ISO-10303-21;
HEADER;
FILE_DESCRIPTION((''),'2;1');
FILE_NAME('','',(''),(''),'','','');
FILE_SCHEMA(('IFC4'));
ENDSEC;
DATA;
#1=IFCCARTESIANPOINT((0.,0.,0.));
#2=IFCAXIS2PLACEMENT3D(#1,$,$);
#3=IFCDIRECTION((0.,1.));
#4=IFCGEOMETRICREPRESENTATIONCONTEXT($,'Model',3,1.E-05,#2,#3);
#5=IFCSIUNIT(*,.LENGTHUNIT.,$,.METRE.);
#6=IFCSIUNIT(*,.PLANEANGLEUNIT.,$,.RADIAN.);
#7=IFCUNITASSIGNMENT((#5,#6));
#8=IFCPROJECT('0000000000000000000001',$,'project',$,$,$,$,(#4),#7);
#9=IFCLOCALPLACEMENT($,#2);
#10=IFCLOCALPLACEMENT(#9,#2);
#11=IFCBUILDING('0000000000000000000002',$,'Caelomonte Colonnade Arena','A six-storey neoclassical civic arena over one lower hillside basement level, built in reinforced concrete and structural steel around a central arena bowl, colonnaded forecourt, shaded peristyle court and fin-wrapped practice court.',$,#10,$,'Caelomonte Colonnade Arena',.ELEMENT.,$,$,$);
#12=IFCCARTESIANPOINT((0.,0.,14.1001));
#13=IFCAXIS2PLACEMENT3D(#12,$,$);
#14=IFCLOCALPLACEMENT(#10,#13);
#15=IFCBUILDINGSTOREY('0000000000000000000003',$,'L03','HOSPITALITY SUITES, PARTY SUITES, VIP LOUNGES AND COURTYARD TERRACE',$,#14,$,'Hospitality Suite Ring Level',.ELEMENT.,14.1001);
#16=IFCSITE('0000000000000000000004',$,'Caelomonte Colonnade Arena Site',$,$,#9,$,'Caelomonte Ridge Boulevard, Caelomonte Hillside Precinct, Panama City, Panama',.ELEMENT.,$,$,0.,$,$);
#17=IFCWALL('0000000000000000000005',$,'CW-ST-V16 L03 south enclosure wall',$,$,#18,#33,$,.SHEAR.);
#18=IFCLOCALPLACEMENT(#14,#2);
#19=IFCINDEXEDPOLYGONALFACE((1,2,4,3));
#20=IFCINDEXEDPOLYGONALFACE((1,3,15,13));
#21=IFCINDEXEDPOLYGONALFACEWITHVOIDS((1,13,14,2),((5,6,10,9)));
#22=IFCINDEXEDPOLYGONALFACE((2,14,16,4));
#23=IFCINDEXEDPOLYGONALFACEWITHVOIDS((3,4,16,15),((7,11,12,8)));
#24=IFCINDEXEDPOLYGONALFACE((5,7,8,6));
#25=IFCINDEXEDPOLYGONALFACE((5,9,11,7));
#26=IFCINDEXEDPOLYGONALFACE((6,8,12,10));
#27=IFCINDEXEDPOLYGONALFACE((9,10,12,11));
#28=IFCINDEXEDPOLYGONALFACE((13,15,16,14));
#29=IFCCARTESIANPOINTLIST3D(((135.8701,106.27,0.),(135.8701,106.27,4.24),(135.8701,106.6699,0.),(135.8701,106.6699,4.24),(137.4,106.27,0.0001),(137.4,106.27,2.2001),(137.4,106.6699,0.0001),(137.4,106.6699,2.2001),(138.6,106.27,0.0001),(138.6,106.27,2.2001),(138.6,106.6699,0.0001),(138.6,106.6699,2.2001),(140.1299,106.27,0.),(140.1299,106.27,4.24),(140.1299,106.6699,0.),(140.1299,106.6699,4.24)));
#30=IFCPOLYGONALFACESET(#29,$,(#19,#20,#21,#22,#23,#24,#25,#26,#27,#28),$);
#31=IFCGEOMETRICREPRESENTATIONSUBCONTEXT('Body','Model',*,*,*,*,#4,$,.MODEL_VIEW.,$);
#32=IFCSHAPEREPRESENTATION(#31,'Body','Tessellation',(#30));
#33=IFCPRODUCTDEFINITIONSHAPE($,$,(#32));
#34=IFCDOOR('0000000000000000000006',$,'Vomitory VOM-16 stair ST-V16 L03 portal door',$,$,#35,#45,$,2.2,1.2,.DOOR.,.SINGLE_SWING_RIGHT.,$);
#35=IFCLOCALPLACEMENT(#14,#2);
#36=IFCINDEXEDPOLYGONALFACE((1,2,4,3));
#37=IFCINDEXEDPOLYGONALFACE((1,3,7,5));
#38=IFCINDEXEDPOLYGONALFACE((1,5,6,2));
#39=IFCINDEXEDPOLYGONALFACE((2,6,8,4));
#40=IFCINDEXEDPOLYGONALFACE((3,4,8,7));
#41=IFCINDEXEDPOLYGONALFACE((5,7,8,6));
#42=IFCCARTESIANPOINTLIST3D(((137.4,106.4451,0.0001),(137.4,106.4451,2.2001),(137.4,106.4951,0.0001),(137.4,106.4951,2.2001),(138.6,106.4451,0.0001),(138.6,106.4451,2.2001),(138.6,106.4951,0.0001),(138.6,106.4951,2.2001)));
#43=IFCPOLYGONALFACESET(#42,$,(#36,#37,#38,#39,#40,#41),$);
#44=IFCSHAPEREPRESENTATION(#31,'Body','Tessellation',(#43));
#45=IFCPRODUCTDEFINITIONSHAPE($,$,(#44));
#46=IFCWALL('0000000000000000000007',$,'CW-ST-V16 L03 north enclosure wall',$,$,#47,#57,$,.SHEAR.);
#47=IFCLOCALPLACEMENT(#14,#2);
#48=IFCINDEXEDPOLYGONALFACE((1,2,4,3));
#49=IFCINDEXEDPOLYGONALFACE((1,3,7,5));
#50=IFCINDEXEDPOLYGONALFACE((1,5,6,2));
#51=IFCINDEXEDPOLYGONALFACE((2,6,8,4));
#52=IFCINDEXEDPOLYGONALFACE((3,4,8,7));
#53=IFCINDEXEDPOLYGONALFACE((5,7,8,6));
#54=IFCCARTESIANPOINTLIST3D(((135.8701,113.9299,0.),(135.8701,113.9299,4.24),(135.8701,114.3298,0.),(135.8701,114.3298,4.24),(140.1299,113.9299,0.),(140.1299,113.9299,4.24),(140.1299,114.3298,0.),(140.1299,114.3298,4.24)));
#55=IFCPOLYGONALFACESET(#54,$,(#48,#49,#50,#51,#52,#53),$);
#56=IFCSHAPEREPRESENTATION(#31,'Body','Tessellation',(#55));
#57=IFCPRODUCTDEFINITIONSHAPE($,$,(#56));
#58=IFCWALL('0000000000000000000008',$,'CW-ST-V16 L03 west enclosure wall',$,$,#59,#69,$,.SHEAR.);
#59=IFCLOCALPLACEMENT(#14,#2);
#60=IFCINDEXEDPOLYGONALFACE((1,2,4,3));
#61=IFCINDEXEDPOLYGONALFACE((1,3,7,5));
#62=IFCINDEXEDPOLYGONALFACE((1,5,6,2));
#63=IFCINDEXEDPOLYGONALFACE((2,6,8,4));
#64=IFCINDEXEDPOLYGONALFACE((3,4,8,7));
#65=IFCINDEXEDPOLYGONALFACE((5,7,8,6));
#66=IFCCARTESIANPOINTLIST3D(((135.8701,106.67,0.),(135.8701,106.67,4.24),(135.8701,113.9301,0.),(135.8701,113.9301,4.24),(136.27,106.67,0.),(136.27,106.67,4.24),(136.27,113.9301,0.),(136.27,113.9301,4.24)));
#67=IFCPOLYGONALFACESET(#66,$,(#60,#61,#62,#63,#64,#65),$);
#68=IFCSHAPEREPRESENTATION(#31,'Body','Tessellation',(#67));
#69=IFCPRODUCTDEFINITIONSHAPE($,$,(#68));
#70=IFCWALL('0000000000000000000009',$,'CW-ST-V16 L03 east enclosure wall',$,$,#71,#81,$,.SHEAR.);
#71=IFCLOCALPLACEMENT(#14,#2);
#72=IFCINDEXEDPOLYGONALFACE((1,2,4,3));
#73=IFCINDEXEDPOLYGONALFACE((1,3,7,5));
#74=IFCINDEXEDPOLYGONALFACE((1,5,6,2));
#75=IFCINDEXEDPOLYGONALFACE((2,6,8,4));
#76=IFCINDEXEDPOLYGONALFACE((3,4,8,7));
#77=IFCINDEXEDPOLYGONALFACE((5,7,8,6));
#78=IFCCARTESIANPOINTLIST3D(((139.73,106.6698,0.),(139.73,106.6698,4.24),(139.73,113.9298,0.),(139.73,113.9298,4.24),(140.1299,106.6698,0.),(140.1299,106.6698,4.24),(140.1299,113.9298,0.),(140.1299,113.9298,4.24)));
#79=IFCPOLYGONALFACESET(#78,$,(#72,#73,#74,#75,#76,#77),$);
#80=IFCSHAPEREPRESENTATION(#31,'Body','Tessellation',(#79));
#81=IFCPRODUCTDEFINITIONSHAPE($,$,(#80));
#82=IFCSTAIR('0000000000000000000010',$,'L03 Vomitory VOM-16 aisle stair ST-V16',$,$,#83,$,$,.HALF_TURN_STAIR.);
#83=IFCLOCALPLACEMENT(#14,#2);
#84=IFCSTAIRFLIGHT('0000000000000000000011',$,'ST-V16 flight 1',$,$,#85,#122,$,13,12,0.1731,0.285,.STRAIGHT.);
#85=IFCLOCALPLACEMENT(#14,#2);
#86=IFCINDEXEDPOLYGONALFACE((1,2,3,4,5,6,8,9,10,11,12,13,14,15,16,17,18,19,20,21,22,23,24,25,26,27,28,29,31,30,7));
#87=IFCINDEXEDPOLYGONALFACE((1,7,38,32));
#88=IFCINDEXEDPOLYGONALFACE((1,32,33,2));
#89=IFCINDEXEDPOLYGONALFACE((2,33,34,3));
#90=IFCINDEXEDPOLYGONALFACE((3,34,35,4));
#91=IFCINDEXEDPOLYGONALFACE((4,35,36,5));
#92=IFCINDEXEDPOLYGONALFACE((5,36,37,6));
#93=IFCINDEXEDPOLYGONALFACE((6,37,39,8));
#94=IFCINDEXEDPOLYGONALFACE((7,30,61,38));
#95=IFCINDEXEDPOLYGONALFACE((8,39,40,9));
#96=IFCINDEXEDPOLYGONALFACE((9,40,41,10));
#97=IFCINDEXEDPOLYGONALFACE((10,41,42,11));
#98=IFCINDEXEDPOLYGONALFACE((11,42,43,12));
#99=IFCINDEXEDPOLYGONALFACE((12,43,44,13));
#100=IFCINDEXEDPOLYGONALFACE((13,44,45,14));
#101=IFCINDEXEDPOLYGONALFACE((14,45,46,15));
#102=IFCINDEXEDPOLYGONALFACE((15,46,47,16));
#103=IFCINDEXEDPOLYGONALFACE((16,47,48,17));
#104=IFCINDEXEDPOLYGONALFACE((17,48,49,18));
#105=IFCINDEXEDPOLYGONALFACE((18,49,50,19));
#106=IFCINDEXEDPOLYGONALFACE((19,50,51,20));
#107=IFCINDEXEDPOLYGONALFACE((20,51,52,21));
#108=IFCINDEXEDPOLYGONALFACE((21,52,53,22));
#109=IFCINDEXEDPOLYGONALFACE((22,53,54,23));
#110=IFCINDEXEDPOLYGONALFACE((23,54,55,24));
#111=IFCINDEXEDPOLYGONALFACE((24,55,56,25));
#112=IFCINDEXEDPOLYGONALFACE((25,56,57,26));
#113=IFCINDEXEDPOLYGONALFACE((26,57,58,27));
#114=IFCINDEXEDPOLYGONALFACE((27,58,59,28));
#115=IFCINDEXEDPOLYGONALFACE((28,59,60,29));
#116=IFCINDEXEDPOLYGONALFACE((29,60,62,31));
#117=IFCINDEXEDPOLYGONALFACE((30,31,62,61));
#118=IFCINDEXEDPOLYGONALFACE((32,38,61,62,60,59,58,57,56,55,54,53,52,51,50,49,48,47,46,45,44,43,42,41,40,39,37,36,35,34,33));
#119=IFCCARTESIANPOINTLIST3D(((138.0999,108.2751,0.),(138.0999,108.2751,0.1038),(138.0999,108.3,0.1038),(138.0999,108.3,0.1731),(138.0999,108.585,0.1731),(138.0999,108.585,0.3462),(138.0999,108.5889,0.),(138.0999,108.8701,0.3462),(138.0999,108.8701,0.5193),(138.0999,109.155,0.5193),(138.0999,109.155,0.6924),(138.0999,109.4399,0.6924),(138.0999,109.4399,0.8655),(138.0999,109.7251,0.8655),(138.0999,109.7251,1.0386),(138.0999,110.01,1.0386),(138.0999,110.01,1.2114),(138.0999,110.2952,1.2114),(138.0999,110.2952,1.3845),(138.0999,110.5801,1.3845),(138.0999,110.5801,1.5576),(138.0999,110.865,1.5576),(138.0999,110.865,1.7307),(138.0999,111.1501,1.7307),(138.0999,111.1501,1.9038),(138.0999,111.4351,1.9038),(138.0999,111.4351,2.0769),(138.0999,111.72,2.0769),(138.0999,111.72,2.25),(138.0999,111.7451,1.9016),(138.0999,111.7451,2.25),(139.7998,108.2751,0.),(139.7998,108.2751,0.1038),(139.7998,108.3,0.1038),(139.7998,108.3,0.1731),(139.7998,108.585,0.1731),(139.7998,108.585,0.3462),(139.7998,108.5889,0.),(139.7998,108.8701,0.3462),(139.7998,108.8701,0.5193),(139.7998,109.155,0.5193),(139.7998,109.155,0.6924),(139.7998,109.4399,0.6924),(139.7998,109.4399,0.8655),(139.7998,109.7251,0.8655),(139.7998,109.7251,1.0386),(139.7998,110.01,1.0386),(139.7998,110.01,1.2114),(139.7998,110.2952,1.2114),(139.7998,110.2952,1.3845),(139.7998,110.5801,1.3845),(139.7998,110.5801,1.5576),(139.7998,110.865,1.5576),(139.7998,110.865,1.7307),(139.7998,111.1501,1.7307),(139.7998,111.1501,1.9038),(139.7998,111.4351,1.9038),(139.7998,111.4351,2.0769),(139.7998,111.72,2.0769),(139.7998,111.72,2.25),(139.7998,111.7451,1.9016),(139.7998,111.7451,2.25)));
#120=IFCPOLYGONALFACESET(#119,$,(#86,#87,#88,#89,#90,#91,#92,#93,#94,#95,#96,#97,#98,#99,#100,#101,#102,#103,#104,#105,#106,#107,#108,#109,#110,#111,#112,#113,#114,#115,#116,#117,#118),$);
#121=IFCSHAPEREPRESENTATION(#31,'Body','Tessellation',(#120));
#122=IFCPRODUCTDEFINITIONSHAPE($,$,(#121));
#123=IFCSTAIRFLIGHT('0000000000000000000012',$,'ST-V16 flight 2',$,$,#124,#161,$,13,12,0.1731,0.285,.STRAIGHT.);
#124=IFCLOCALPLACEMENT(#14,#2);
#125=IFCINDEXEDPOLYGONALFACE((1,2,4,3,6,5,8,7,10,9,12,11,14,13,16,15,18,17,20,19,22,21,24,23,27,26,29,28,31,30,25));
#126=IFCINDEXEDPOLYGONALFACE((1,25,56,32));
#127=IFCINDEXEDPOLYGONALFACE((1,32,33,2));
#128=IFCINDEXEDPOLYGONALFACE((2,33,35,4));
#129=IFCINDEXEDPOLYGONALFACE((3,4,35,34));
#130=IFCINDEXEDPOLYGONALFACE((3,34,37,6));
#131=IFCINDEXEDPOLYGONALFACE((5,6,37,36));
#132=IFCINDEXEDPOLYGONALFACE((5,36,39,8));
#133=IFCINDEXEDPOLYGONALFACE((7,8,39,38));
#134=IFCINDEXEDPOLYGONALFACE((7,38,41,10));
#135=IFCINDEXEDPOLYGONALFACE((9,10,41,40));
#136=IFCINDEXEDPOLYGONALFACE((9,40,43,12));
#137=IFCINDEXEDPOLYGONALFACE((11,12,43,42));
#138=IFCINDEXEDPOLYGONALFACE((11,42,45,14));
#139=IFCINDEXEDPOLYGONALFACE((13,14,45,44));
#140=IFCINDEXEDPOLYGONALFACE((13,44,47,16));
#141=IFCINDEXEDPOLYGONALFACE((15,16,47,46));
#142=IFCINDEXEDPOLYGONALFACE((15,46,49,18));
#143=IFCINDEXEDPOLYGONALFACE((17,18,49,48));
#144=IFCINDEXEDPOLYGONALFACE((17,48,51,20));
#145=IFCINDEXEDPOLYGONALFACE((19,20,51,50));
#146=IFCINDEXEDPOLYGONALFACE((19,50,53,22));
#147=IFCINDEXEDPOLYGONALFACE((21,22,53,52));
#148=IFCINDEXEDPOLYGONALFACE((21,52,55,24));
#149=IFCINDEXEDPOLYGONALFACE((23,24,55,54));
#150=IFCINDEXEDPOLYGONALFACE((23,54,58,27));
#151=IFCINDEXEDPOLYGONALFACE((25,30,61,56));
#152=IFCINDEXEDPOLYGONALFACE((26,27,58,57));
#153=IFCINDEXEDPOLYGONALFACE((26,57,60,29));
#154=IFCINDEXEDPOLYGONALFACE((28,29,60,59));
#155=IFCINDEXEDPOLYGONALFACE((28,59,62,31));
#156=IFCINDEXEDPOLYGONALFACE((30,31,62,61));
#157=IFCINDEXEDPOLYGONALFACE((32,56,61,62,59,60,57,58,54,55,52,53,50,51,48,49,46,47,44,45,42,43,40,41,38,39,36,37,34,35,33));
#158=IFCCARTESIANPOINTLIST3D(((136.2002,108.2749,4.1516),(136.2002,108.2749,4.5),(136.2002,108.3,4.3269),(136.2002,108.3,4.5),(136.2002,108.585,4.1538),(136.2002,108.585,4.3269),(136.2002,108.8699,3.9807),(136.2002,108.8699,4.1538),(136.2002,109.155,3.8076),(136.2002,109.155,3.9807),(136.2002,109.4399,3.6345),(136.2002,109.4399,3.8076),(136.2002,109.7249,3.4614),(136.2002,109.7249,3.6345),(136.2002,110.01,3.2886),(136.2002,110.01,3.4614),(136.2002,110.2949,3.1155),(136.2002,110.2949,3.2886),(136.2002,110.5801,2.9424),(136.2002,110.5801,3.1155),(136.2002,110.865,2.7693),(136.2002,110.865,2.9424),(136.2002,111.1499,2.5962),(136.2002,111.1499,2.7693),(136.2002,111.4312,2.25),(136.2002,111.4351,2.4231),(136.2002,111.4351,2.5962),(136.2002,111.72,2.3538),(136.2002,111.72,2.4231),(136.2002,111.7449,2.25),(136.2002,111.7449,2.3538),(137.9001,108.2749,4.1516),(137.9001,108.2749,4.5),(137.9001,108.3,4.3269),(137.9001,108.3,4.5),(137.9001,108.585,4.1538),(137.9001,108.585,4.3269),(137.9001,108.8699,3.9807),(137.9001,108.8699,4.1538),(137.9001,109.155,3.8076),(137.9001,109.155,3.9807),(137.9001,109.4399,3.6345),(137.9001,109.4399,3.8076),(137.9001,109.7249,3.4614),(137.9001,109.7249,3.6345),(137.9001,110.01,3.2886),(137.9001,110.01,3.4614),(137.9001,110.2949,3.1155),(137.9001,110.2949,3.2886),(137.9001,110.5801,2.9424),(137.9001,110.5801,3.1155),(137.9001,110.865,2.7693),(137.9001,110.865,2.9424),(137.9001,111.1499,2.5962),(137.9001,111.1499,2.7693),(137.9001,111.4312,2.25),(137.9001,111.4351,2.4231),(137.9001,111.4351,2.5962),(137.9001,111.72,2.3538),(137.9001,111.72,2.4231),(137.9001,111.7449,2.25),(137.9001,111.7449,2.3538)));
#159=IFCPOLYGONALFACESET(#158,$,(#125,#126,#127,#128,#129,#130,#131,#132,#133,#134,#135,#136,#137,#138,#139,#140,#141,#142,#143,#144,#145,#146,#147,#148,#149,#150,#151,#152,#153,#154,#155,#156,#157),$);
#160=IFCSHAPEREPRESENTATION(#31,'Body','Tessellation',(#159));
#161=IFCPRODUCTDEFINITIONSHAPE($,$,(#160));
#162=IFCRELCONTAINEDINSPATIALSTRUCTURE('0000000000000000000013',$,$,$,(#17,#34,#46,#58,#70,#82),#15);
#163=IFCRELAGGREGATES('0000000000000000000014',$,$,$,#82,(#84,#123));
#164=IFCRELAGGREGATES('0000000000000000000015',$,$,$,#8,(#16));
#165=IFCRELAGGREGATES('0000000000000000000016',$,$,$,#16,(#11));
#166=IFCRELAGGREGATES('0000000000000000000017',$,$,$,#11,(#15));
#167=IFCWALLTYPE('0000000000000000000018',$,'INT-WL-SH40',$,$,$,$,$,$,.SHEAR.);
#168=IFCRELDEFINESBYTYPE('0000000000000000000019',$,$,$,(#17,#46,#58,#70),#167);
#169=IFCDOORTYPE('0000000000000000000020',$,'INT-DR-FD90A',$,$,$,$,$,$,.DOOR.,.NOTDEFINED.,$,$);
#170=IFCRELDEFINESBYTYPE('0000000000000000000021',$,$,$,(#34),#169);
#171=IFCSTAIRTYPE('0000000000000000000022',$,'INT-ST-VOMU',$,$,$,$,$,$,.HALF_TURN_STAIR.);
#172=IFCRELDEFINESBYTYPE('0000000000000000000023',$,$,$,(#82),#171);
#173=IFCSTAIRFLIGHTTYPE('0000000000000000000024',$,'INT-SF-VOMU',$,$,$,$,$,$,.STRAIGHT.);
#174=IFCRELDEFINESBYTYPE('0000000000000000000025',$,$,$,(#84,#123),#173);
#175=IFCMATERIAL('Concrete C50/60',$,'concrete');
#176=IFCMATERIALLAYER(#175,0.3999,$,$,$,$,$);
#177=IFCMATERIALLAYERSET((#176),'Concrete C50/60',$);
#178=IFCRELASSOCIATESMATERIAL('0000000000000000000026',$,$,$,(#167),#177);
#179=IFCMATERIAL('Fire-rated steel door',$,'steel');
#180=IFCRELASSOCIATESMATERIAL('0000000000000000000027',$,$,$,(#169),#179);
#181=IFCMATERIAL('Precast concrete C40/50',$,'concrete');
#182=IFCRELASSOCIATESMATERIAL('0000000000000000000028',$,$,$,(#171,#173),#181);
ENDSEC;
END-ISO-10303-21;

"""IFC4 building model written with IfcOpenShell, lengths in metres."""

from ifc_helpers import new_model, si_unit, direction, frame, frame_2d, origin, place, context, subcontext, project, spatial, polyline, rectangle, outline, extrude, material, layer, layer_set, type_object, element, fill, aggregate, save


model = new_model("IFC4")

# Units and contexts
model_context = context("Model", 3, precision=1e-05, world=origin(), true_north=direction((0.0, 1.0)))
body_context = subcontext(model_context, "Body", "Model", "MODEL_VIEW")
ifc_project = project(units=[si_unit("LENGTHUNIT", "METRE"), si_unit("PLANEANGLEUNIT", "RADIAN")], contexts=[model_context])

# Site, building, storey
site_placement = place(None, origin())
site = spatial("IfcSite", under=ifc_project, at=site_placement, Name="Caelomonte Colonnade Arena Site", LongName="Caelomonte Ridge Boulevard, Caelomonte Hillside Precinct, Panama City, Panama", CompositionType="ELEMENT", RefElevation=0.0)
building_placement = place(site_placement, origin())
building = spatial("IfcBuilding", under=site, at=building_placement, Name="Caelomonte Colonnade Arena", Description="A six-storey neoclassical civic arena over one lower hillside basement level, built in reinforced concrete and structural steel around a central arena bowl, colonnaded forecourt, shaded peristyle court and fin-wrapped practice court.", LongName="Caelomonte Colonnade Arena", CompositionType="ELEMENT")
storey_placement = place(building_placement, frame((0.0, 0.0, 14.1001)))
storey = spatial("IfcBuildingStorey", under=building, at=storey_placement, Name="L03", Description="HOSPITALITY SUITES, PARTY SUITES, VIP LOUNGES AND COURTYARD TERRACE", LongName="Hospitality Suite Ring Level", CompositionType="ELEMENT", Elevation=14.1001)

# Shared definitions
ifc_material_1 = material(Name="Concrete C50/60", Category="concrete")
ifc_layer_1 = layer(ifc_material_1, 0.3999)
ifc_layer_set_1 = layer_set([ifc_layer_1], Name="Concrete C50/60")
wall_type_1 = type_object("IfcWallType", Name="INT-WL-SH40", PredefinedType="SHEAR", material=ifc_layer_set_1)

# Wall, opening, door
wall_1_placement = place(storey_placement, frame((135.8701, 106.47, 0.0), z_axis=(0.0, 0.0, 1.0), x_axis=(1.0, 0.0, 0.0)))
wall_1 = element("IfcWall", 1, at=wall_1_placement, inside=storey, type_object=wall_type_1, Name="CW-ST-V16 L03 south enclosure wall", PredefinedType="SHEAR", context=body_context, shape_type="SweptSolid", body=[
    extrude(rectangle(XDim=4.2598, YDim=0.3999, at=frame_2d((2.1299, 0.0))), origin(), (0.0, 0.0, 1.0), 4.24),
])
opening_placement = place(wall_1_placement, frame((2.73, 0.0, 0.0), z_axis=(0.0, 0.0, 1.0), x_axis=(-1.0, 0.0, 0.0)))
opening = element("IfcOpeningElement", 2, at=opening_placement, cuts=wall_1, PredefinedType="OPENING", context=body_context, shape_type="SweptSolid", body=[
    extrude(rectangle(XDim=1.2, YDim=2.2, at=frame_2d((0.6001, 1.1001))), frame((0.0, 0.21, 0.0), z_axis=(0.0, -1.0, 0.0), x_axis=(1.0, 0.0, 0.0)), (0.0, 0.0, 1.0), 0.4199),
])
ifc_material_2 = material(Name="Fire-rated steel door", Category="steel")
door_type = type_object("IfcDoorType", Name="INT-DR-FD90A", OperationType="NOTDEFINED", PredefinedType="DOOR", material=ifc_material_2)
door_placement = place(opening_placement, origin())
door = element("IfcDoor", 3, at=door_placement, inside=storey, type_object=door_type, Name="Vomitory VOM-16 stair ST-V16 L03 portal door", OperationType="SINGLE_SWING_RIGHT", OverallHeight=2.2, OverallWidth=1.2, PredefinedType="DOOR", context=body_context, shape_type="SweptSolid", body=[
    extrude(rectangle(XDim=1.2, YDim=2.2, at=frame_2d((0.6001, 1.1001))), frame((0.0, 0.0249, 0.0), z_axis=(0.0, -1.0, 0.0), x_axis=(1.0, 0.0, 0.0)), (0.0, 0.0, 1.0), 0.05),
])
fill(opening, door)

# Walls
wall_2_placement = place(storey_placement, frame((140.1299, 114.1299, 0.0), z_axis=(0.0, 0.0, 1.0), x_axis=(-1.0, 0.0, 0.0)))
element("IfcWall", 4, at=wall_2_placement, inside=storey, type_object=wall_type_1, Name="CW-ST-V16 L03 north enclosure wall", PredefinedType="SHEAR", context=body_context, shape_type="SweptSolid", body=[
    extrude(rectangle(XDim=4.2598, YDim=0.3999, at=frame_2d((2.1299, 0.0))), origin(), (0.0, 0.0, 1.0), 4.24),
])
for number, where, z_axis, x_axis, name in (
    (5, (136.0701, 113.9299, 0.0), (0.0, 0.0, 1.0), (0.0, -1.0, 0.0), "CW-ST-V16 L03 west enclosure wall"),
    (6, (139.9299, 106.6699, 0.0), (0.0, 0.0, 1.0), (0.0, 1.0, 0.0), "CW-ST-V16 L03 east enclosure wall"),
):
    element("IfcWall", number, at=place(storey_placement, frame(where, z_axis=z_axis, x_axis=x_axis)), inside=storey, type_object=wall_type_1, Name=name, PredefinedType="SHEAR", context=body_context, shape_type="SweptSolid", body=[
        extrude(rectangle(XDim=7.26, YDim=0.3999, at=frame_2d((3.6299, 0.0))), origin(), (0.0, 0.0, 1.0), 4.24),
    ])

# Stair, stair flights
ifc_material_3 = material(Name="Precast concrete C40/50", Category="concrete")
stair_type = type_object("IfcStairType", Name="INT-ST-VOMU", PredefinedType="HALF_TURN_STAIR", material=ifc_material_3)
stair_placement = place(storey_placement, origin())
stair = element("IfcStair", 7, at=stair_placement, inside=storey, type_object=stair_type, Name="L03 Vomitory VOM-16 aisle stair ST-V16", PredefinedType="HALF_TURN_STAIR")
stair_flight_type = type_object("IfcStairFlightType", Name="INT-SF-VOMU", PredefinedType="STRAIGHT", material=ifc_material_3)
stair_flight_1_placement = place(storey_placement, frame((138.95, 108.3, 0.0), z_axis=(0.0, 0.0, 1.0), x_axis=(0.0, 1.0, 0.0)))
stair_flight_1 = element("IfcStairFlight", 8, at=stair_flight_1_placement, type_object=stair_flight_type, Name="ST-V16 flight 1", NumberOfRisers=13, NumberOfTreads=12, PredefinedType="STRAIGHT", RiserHeight=0.1731, TreadLength=0.285, context=body_context, shape_type="SweptSolid", body=[
    extrude(outline(polyline([(-0.0249, 0.0), (-0.0249, 0.1038), (0.0, 0.1038), (0.0, 0.1731), (0.2849, 0.1731), (0.2849, 0.3462), (0.5701, 0.3462), (0.5701, 0.5193), (0.855, 0.5193), (0.855, 0.6924), (1.1399, 0.6924), (1.1399, 0.8655), (1.425, 0.8655), (1.425, 1.0386), (1.71, 1.0386), (1.71, 1.2114), (1.9951, 1.2114), (1.9951, 1.3845), (2.28, 1.3845), (2.28, 1.5576), (2.5649, 1.5576), (2.5649, 1.7307), (2.8501, 1.7307), (2.8501, 1.9038), (3.135, 1.9038), (3.135, 2.0769), (3.4199, 2.0769), (3.4199, 2.25), (3.4451, 2.25), (3.4451, 1.9016), (0.2888, 0.0), (-0.0249, 0.0)])), frame((0.0, 0.8501, 0.0), z_axis=(0.0, -1.0, 0.0), x_axis=(1.0, 0.0, 0.0)), (0.0, 0.0, 1.0), 1.7),
])
stair_flight_2_placement = place(storey_placement, frame((137.05, 111.72, 2.25), z_axis=(0.0, 0.0, 1.0), x_axis=(0.0, -1.0, 0.0)))
stair_flight_2 = element("IfcStairFlight", 9, at=stair_flight_2_placement, type_object=stair_flight_type, Name="ST-V16 flight 2", NumberOfRisers=13, NumberOfTreads=12, PredefinedType="STRAIGHT", RiserHeight=0.1731, TreadLength=0.285, context=body_context, shape_type="SweptSolid", body=[
    extrude(outline(polyline([(-0.0249, 0.0), (-0.0249, 0.1038), (0.0, 0.1038), (0.0, 0.1731), (0.2849, 0.1731), (0.2849, 0.3462), (0.5701, 0.3462), (0.5701, 0.5193), (0.855, 0.5193), (0.855, 0.6924), (1.1399, 0.6924), (1.1399, 0.8655), (1.425, 0.8655), (1.425, 1.0386), (1.71, 1.0386), (1.71, 1.2114), (1.9951, 1.2114), (1.9951, 1.3845), (2.28, 1.3845), (2.28, 1.5576), (2.5649, 1.5576), (2.5649, 1.7307), (2.8501, 1.7307), (2.8501, 1.9038), (3.135, 1.9038), (3.135, 2.0769), (3.4199, 2.0769), (3.4199, 2.25), (3.4451, 2.25), (3.4451, 1.9016), (0.2888, 0.0), (-0.0249, 0.0)])), frame((0.0, 0.8501, 0.0), z_axis=(0.0, -1.0, 0.0), x_axis=(1.0, 0.0, 0.0)), (0.0, 0.0, 1.0), 1.7),
])
aggregate(stair, [stair_flight_1, stair_flight_2])

save(model, "model.ifc")
